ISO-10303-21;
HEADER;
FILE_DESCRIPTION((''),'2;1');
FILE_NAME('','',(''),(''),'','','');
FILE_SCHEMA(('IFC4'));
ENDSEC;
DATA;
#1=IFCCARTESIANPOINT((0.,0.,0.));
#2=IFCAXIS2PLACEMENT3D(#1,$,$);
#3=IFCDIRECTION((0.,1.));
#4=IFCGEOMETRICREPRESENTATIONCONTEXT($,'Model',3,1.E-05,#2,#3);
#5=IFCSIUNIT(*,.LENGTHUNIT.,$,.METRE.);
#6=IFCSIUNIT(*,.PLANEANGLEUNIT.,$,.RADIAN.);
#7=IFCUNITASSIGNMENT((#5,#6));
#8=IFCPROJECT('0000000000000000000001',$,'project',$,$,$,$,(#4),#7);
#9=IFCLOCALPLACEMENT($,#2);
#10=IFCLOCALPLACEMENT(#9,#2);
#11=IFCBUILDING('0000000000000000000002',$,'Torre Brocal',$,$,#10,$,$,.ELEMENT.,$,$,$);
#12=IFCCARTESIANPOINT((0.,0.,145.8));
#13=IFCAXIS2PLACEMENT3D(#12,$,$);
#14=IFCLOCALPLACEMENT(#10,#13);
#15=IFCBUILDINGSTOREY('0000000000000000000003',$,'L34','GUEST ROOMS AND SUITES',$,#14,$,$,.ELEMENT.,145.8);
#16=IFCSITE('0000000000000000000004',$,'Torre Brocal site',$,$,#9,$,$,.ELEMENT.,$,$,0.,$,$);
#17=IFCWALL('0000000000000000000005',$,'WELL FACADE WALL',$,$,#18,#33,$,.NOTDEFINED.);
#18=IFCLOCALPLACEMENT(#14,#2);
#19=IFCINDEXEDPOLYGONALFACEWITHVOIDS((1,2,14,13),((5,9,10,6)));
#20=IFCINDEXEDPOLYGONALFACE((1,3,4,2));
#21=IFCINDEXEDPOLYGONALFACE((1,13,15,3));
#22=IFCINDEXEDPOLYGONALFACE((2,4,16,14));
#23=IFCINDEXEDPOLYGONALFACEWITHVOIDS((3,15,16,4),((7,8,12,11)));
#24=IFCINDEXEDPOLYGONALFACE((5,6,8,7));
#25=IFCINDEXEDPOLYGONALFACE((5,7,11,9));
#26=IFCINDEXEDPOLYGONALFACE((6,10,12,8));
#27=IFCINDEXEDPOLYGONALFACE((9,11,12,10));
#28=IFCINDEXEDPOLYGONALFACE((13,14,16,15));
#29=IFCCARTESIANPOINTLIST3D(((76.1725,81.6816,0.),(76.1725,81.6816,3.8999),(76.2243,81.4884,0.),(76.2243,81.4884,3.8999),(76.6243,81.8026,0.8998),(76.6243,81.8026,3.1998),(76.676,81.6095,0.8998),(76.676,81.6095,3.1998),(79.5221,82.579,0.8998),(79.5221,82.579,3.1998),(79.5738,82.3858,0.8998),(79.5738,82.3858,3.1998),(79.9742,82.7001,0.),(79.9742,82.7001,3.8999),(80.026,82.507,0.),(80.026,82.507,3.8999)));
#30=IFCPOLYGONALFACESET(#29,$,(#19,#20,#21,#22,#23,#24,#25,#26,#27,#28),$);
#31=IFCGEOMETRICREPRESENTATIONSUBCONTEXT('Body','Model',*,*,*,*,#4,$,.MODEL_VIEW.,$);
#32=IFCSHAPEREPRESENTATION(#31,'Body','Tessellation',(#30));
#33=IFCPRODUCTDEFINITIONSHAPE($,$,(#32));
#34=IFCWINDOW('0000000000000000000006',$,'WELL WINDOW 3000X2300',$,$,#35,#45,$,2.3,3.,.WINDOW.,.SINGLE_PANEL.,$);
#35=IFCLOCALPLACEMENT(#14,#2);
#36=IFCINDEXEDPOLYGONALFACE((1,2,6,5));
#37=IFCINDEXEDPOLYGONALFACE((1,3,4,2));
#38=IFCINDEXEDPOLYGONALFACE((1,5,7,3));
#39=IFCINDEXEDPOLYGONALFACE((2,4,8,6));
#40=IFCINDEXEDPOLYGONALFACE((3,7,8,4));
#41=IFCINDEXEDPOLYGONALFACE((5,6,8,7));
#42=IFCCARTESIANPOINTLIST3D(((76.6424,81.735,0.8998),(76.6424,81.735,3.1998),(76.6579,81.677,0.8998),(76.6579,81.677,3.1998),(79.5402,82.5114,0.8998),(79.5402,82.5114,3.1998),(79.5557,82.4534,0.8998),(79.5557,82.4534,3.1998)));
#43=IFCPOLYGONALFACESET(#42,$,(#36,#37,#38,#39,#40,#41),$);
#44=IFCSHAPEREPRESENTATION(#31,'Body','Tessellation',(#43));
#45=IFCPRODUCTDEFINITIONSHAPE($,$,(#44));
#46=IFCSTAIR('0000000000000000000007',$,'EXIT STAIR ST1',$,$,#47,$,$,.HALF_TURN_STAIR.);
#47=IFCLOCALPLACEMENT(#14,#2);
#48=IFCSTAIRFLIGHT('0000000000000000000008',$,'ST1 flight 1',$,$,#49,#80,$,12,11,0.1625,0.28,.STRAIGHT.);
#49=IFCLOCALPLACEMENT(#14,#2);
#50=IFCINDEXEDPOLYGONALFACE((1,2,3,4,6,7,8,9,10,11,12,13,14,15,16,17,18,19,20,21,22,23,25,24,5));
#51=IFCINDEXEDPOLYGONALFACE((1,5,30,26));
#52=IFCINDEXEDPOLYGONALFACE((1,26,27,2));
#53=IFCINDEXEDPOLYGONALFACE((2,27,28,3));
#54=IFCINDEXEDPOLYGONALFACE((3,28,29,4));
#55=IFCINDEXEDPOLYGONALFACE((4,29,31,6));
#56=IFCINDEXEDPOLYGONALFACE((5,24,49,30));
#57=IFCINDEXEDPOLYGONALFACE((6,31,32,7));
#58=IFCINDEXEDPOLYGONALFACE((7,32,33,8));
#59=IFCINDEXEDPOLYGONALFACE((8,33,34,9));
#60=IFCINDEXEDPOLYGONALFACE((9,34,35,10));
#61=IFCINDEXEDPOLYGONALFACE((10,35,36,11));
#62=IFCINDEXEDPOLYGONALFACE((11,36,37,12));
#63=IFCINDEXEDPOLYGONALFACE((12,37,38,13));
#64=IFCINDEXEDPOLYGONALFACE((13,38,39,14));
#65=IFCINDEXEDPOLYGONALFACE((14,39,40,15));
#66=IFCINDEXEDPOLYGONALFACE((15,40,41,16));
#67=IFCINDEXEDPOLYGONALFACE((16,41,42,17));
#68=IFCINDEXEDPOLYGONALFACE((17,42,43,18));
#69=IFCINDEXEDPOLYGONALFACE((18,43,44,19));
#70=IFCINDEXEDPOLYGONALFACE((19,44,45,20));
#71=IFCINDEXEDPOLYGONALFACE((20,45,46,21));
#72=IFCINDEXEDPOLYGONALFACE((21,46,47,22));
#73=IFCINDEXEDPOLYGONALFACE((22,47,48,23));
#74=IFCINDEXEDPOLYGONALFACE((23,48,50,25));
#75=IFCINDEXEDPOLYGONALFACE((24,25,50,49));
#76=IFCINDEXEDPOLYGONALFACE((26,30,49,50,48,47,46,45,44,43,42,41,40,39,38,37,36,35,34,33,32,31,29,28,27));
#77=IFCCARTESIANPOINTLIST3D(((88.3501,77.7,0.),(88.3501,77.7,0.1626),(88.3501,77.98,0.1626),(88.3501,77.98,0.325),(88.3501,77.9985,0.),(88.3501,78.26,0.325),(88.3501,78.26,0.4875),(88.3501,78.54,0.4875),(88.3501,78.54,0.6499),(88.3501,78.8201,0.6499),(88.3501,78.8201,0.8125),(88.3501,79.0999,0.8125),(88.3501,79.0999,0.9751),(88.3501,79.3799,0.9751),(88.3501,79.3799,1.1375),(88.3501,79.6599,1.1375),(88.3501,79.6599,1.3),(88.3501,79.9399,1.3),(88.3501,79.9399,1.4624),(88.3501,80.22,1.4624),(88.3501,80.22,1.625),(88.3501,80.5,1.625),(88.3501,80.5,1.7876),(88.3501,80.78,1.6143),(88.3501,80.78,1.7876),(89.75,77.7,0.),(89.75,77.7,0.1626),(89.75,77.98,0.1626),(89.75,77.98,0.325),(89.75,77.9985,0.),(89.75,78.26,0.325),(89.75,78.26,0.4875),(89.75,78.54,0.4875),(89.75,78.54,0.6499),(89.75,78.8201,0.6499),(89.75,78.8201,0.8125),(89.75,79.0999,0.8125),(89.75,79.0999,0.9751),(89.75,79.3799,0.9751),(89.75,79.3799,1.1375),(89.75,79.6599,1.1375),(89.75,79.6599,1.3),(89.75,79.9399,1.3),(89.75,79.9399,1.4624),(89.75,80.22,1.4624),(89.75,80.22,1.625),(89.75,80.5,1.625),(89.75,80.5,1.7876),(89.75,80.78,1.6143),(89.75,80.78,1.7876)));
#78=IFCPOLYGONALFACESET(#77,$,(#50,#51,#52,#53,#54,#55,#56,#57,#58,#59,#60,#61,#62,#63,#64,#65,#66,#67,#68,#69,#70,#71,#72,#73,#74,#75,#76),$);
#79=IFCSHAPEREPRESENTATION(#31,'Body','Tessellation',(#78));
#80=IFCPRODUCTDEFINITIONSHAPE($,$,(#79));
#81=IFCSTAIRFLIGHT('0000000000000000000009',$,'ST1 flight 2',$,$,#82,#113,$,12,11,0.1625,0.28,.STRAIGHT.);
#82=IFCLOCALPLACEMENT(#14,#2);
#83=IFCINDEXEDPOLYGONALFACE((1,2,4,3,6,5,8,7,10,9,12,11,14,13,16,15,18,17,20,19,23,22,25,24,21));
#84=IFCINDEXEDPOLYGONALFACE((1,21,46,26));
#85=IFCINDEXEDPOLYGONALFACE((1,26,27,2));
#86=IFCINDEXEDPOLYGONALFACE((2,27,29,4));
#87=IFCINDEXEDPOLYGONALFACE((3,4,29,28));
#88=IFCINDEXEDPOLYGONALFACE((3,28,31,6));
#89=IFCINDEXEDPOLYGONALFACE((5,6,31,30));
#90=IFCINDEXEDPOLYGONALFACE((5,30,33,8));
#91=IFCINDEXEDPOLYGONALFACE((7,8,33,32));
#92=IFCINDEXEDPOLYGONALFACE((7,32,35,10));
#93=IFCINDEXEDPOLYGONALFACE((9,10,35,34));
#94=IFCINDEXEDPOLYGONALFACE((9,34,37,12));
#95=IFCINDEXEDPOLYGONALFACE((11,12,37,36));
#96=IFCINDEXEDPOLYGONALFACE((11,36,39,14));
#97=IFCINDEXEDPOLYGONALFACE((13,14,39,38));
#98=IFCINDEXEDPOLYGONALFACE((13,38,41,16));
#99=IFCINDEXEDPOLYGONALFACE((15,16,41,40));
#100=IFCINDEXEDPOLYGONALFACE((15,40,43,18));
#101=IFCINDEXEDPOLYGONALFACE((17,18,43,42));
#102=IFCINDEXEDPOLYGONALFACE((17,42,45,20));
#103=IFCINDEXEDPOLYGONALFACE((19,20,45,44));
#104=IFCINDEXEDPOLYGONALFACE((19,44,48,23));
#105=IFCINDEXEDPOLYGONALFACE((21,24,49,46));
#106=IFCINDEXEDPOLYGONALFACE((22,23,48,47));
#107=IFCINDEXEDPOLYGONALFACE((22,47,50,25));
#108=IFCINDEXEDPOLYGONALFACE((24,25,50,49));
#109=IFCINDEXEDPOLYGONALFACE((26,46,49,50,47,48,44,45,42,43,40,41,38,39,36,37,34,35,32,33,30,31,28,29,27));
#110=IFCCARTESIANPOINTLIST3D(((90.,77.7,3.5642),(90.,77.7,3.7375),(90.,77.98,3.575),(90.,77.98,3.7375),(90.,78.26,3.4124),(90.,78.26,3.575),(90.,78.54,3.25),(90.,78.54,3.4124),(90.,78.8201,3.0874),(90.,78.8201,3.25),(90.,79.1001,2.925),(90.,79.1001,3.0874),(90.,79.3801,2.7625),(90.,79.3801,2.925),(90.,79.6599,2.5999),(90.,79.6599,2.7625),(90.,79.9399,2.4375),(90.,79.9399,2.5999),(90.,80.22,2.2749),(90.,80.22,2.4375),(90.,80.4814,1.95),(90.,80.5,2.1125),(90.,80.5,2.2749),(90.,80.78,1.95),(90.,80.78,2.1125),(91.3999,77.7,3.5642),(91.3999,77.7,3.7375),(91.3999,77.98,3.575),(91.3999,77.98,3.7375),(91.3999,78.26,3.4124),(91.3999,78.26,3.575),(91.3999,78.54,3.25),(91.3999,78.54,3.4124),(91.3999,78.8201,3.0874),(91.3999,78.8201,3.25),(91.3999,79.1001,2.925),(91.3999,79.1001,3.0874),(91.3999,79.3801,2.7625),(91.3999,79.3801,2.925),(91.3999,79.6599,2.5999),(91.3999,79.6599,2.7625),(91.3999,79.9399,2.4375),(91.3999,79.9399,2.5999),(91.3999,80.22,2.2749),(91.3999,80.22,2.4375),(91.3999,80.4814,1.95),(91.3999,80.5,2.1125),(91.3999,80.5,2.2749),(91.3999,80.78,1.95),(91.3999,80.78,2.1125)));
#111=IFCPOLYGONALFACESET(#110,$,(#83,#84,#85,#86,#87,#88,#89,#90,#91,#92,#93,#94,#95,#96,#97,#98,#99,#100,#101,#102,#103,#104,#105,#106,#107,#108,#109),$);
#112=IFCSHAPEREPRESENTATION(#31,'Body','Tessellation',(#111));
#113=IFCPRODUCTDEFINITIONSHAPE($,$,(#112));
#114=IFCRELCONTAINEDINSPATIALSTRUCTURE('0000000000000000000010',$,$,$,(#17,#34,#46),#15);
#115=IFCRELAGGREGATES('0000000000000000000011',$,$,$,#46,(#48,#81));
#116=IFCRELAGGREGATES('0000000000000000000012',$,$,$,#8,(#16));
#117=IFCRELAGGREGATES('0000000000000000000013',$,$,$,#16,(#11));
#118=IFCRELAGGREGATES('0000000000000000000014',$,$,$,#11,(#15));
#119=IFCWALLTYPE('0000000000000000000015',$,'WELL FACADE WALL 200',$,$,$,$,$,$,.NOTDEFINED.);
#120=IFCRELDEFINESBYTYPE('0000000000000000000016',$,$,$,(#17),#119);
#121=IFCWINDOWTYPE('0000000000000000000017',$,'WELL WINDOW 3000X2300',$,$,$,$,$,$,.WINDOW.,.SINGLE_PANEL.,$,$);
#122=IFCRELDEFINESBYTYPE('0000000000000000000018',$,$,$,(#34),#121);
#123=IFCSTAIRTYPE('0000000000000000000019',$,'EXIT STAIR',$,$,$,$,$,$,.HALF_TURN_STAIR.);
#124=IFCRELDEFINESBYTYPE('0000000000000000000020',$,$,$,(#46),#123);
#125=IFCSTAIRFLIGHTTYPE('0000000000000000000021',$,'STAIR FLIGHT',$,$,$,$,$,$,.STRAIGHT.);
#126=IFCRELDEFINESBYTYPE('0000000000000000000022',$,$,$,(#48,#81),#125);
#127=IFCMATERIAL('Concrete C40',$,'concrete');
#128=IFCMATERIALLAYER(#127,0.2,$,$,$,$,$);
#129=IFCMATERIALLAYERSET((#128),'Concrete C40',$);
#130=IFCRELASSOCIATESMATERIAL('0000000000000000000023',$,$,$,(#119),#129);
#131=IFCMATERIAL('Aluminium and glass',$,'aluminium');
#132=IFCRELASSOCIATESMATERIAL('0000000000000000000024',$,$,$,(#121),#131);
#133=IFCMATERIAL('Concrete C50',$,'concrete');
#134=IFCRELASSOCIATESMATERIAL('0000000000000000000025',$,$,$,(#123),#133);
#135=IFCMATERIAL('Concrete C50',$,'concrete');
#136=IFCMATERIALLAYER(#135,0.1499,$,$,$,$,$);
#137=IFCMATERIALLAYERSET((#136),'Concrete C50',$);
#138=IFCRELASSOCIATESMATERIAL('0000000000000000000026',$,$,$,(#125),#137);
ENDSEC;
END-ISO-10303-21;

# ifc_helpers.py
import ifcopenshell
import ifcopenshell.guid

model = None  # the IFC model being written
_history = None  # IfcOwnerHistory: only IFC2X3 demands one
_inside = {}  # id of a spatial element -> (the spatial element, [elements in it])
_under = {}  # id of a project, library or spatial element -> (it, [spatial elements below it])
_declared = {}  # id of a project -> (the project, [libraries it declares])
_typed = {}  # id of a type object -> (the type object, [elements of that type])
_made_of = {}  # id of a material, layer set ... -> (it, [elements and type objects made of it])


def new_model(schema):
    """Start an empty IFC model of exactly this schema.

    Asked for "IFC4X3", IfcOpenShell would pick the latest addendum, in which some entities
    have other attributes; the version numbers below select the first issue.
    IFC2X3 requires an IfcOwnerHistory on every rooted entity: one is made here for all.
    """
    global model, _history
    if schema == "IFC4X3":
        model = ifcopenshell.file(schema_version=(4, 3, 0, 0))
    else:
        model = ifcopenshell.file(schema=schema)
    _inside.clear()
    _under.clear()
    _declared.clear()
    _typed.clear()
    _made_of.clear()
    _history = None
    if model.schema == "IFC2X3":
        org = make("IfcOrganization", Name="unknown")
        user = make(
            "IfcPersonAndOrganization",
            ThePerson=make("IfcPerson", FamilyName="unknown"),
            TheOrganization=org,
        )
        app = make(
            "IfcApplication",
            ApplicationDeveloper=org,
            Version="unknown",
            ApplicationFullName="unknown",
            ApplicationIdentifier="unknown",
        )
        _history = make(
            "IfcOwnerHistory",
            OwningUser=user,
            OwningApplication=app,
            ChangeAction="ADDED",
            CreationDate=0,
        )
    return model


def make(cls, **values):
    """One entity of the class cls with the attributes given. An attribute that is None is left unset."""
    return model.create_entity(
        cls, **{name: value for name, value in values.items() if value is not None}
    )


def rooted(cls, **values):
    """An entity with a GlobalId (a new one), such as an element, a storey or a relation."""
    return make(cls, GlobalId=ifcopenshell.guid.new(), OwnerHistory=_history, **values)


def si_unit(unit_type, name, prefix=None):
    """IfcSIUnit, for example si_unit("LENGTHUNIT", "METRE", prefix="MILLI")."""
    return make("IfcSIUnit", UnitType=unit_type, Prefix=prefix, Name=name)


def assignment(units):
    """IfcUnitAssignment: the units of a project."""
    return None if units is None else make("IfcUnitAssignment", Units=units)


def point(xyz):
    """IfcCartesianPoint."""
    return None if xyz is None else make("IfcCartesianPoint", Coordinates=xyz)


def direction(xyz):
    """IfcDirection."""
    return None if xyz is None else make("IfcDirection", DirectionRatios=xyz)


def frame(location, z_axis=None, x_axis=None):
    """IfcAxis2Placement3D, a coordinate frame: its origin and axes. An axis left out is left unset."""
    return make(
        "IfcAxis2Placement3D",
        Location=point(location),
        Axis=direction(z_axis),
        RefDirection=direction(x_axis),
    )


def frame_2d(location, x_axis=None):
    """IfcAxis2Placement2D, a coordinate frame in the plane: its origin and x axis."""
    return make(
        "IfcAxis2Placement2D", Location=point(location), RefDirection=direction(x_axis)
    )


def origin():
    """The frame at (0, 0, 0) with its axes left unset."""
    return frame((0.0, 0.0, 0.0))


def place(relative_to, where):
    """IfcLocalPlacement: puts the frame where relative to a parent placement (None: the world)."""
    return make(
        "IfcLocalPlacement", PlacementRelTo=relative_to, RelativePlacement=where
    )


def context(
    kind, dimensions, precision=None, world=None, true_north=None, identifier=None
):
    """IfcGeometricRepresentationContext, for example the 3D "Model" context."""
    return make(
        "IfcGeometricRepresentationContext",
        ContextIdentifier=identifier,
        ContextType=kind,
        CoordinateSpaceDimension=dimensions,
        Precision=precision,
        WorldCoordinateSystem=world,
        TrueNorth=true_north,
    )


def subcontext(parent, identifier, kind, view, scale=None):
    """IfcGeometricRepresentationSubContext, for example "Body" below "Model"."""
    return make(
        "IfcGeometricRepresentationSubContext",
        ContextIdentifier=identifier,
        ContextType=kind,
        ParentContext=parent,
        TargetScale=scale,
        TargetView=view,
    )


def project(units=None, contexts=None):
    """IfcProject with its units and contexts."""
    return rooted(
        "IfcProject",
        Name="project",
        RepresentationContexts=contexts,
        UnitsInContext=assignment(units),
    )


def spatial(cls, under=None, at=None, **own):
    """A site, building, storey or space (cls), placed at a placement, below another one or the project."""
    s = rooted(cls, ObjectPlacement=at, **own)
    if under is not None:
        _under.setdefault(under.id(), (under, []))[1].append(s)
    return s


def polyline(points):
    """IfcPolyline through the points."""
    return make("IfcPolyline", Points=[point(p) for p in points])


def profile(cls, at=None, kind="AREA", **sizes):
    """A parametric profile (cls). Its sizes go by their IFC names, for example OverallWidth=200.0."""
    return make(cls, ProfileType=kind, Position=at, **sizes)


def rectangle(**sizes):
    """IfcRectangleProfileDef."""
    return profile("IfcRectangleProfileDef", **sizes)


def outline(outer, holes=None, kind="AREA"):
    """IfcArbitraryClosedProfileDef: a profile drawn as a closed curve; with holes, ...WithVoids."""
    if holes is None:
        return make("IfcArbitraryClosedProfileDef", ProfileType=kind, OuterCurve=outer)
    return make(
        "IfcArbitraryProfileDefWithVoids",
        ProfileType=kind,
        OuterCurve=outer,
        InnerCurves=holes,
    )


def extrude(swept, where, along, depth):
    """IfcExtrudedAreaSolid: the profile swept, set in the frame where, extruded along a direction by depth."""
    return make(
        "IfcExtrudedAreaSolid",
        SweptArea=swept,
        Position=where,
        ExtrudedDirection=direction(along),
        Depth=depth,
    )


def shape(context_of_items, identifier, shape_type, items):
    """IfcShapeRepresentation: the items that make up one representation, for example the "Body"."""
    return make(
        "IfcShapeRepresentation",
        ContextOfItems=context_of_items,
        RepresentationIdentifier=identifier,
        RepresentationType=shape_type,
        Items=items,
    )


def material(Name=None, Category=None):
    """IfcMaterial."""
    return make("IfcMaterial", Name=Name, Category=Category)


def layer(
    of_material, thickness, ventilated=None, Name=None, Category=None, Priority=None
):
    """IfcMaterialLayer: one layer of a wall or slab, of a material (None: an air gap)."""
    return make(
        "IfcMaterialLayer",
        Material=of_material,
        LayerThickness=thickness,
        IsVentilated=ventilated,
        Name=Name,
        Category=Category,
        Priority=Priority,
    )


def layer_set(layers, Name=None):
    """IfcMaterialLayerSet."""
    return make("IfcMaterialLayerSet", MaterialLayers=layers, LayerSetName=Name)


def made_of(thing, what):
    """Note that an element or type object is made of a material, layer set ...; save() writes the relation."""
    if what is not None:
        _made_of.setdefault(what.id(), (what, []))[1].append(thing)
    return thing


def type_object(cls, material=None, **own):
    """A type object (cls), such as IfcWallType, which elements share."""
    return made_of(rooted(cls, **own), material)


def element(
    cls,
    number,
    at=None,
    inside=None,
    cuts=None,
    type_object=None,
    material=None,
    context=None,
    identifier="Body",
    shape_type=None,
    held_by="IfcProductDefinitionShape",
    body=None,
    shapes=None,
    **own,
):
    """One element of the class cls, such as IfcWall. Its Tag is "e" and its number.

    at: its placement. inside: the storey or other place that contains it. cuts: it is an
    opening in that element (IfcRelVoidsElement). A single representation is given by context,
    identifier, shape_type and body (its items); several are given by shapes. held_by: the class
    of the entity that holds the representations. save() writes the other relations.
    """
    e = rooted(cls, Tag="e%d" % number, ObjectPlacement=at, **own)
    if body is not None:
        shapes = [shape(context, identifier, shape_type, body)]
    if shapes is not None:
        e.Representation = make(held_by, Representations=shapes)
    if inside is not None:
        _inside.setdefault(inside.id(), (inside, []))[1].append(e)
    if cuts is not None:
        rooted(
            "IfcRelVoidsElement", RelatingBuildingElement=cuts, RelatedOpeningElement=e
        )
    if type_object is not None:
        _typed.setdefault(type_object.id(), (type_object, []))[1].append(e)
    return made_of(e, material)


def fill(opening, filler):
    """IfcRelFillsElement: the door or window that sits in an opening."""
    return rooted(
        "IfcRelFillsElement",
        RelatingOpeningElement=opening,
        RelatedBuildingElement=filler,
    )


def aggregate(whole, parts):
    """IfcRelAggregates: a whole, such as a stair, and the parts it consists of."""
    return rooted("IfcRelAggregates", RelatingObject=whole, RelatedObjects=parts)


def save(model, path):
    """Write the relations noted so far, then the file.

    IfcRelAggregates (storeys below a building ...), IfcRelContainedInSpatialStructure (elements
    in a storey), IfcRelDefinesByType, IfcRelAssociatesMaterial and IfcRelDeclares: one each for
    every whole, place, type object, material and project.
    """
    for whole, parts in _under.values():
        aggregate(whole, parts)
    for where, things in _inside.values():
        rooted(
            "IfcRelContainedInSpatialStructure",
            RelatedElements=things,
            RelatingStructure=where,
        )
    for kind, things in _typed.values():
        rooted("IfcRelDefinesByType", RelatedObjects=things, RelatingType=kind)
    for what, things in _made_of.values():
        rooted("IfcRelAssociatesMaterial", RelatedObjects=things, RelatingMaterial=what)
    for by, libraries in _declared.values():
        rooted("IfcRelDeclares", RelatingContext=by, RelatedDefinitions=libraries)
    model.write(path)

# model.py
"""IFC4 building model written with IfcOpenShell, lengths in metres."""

from ifc_helpers import new_model, si_unit, direction, frame, frame_2d, origin, place, context, subcontext, project, spatial, polyline, rectangle, outline, extrude, material, layer, layer_set, type_object, element, fill, aggregate, save


model = new_model("IFC4")

# Units and contexts
model_context = context("Model", 3, precision=1e-05, world=origin(), true_north=direction((0.0, 1.0)))
body_context = subcontext(model_context, "Body", "Model", "MODEL_VIEW")
ifc_project = project(units=[si_unit("LENGTHUNIT", "METRE"), si_unit("PLANEANGLEUNIT", "RADIAN")], contexts=[model_context])

# Site, building, storey
site_placement = place(None, origin())
site = spatial("IfcSite", under=ifc_project, at=site_placement, Name="Torre Brocal site", CompositionType="ELEMENT", RefElevation=0.0)
building_placement = place(site_placement, origin())
building = spatial("IfcBuilding", under=site, at=building_placement, Name="Torre Brocal", CompositionType="ELEMENT")
storey_placement = place(building_placement, frame((0.0, 0.0, 145.8)))
storey = spatial("IfcBuildingStorey", under=building, at=storey_placement, Name="L34", Description="GUEST ROOMS AND SUITES", CompositionType="ELEMENT", Elevation=145.8)

# Wall, opening, window
ifc_material_1 = material(Name="Concrete C40", Category="concrete")
ifc_layer_1 = layer(ifc_material_1, 0.2)
ifc_layer_set_1 = layer_set([ifc_layer_1], Name="Concrete C40")
wall_type_1 = type_object("IfcWallType", Name="WELL FACADE WALL 200", PredefinedType="NOTDEFINED", material=ifc_layer_set_1)
ifc_material_2 = material(Name="Aluminium and glass", Category="aluminium")
window_type = type_object("IfcWindowType", Name="WELL WINDOW 3000X2300", PartitioningType="SINGLE_PANEL", PredefinedType="WINDOW", material=ifc_material_2)
wall_1_placement = place(storey_placement, frame((80.0, 82.6035, 0.0), z_axis=(0.0, 0.0, 1.0), x_axis=(-0.965934, -0.25879, 0.0)))
wall_1 = element("IfcWall", 1, at=wall_1_placement, inside=storey, type_object=wall_type_1, Name="WELL FACADE WALL", PredefinedType="NOTDEFINED", context=body_context, shape_type="SweptSolid", body=[
    extrude(rectangle(XDim=3.9358, YDim=0.2, at=frame_2d((1.9678, 0.0))), origin(), (0.0, 0.0, 1.0), 3.8999),
])
opening_1_placement = place(wall_1_placement, frame((0.468, 0.0, 0.8999)))
opening_1 = element("IfcOpeningElement", 2, at=opening_1_placement, cuts=wall_1, PredefinedType="OPENING", context=body_context, shape_type="SweptSolid", body=[
    extrude(rectangle(XDim=3.0, YDim=2.3, at=frame_2d((1.5, 1.1499))), frame((0.0, 0.1099, 0.0), z_axis=(0.0, -1.0, 0.0), x_axis=(1.0, 0.0, 0.0)), (0.0, 0.0, 1.0), 0.22),
])
window_1_placement = place(opening_1_placement, origin())
window_1 = element("IfcWindow", 3, at=window_1_placement, inside=storey, type_object=window_type, Name="WELL WINDOW 3000X2300", OverallHeight=2.3, OverallWidth=3.0, PartitioningType="SINGLE_PANEL", PredefinedType="WINDOW", context=body_context, shape_type="SweptSolid", body=[
    extrude(rectangle(XDim=3.0, YDim=2.3, at=frame_2d((1.5, 1.1499))), frame((0.0, 0.03, 0.0), z_axis=(0.0, -1.0, 0.0), x_axis=(1.0, 0.0, 0.0)), (0.0, 0.0, 1.0), 0.0601),
])
fill(opening_1, window_1)

# Stair, stair flights
ifc_material_3 = material(Name="Concrete C50", Category="concrete")
stair_type = type_object("IfcStairType", Name="EXIT STAIR", PredefinedType="HALF_TURN_STAIR", material=ifc_material_3)
stair_placement = place(storey_placement, origin())
stair = element("IfcStair", 4, at=stair_placement, inside=storey, type_object=stair_type, Name="EXIT STAIR ST1", PredefinedType="HALF_TURN_STAIR")
ifc_material_4 = material(Name="Concrete C50", Category="concrete")
ifc_layer_2 = layer(ifc_material_4, 0.1499)
ifc_layer_set_2 = layer_set([ifc_layer_2], Name="Concrete C50")
stair_flight_type = type_object("IfcStairFlightType", Name="STAIR FLIGHT", PredefinedType="STRAIGHT", material=ifc_layer_set_2)
stair_flight_1_placement = place(storey_placement, frame((89.05, 77.7, 0.0), z_axis=(0.0, 0.0, 1.0), x_axis=(0.0, 1.0, 0.0)))
stair_flight_1 = element("IfcStairFlight", 5, at=stair_flight_1_placement, type_object=stair_flight_type, Name="ST1 flight 1", NumberOfRisers=12, NumberOfTreads=11, PredefinedType="STRAIGHT", RiserHeight=0.1625, TreadLength=0.28, context=body_context, shape_type="SweptSolid", body=[
    extrude(outline(polyline([(0.0, 0.0), (0.0, 0.1626), (0.28, 0.1626), (0.28, 0.325), (0.5601, 0.325), (0.5601, 0.4875), (0.8401, 0.4875), (0.8401, 0.6499), (1.1201, 0.6499), (1.1201, 0.8125), (1.3999, 0.8125), (1.3999, 0.9751), (1.6799, 0.9751), (1.6799, 1.1375), (1.96, 1.1375), (1.96, 1.3), (2.24, 1.3), (2.24, 1.4624), (2.52, 1.4624), (2.52, 1.625), (2.8, 1.625), (2.8, 1.7876), (3.0801, 1.7876), (3.0801, 1.95), (3.0801, 1.6143), (0.2986, 0.0), (0.0, 0.0)])), frame((0.0, 0.7, 0.0), z_axis=(0.0, -1.0, 0.0), x_axis=(1.0, 0.0, 0.0)), (0.0, 0.0, 1.0), 1.3999),
])
stair_flight_2_placement = place(storey_placement, frame((90.7, 80.78, 1.95), z_axis=(0.0, 0.0, 1.0), x_axis=(0.0, -1.0, 0.0)))
stair_flight_2 = element("IfcStairFlight", 6, at=stair_flight_2_placement, type_object=stair_flight_type, Name="ST1 flight 2", NumberOfRisers=12, NumberOfTreads=11, PredefinedType="STRAIGHT", RiserHeight=0.1625, TreadLength=0.28, context=body_context, shape_type="SweptSolid", body=[
    extrude(outline(polyline([(0.0, 0.0), (0.0, 0.1626), (0.28, 0.1626), (0.28, 0.325), (0.5601, 0.325), (0.5601, 0.4875), (0.8401, 0.4875), (0.8401, 0.6499), (1.1201, 0.6499), (1.1201, 0.8125), (1.3999, 0.8125), (1.3999, 0.9751), (1.6799, 0.9751), (1.6799, 1.1375), (1.96, 1.1375), (1.96, 1.3), (2.24, 1.3), (2.24, 1.4624), (2.52, 1.4624), (2.52, 1.625), (2.8, 1.625), (2.8, 1.7876), (3.0801, 1.7876), (3.0801, 1.95), (3.0801, 1.6143), (0.2986, 0.0), (0.0, 0.0)])), frame((0.0, 0.7, 0.0), z_axis=(0.0, -1.0, 0.0), x_axis=(1.0, 0.0, 0.0)), (0.0, 0.0, 1.0), 1.3999),
])
aggregate(stair, [stair_flight_1, stair_flight_2])

save(model, "model.ifc")
